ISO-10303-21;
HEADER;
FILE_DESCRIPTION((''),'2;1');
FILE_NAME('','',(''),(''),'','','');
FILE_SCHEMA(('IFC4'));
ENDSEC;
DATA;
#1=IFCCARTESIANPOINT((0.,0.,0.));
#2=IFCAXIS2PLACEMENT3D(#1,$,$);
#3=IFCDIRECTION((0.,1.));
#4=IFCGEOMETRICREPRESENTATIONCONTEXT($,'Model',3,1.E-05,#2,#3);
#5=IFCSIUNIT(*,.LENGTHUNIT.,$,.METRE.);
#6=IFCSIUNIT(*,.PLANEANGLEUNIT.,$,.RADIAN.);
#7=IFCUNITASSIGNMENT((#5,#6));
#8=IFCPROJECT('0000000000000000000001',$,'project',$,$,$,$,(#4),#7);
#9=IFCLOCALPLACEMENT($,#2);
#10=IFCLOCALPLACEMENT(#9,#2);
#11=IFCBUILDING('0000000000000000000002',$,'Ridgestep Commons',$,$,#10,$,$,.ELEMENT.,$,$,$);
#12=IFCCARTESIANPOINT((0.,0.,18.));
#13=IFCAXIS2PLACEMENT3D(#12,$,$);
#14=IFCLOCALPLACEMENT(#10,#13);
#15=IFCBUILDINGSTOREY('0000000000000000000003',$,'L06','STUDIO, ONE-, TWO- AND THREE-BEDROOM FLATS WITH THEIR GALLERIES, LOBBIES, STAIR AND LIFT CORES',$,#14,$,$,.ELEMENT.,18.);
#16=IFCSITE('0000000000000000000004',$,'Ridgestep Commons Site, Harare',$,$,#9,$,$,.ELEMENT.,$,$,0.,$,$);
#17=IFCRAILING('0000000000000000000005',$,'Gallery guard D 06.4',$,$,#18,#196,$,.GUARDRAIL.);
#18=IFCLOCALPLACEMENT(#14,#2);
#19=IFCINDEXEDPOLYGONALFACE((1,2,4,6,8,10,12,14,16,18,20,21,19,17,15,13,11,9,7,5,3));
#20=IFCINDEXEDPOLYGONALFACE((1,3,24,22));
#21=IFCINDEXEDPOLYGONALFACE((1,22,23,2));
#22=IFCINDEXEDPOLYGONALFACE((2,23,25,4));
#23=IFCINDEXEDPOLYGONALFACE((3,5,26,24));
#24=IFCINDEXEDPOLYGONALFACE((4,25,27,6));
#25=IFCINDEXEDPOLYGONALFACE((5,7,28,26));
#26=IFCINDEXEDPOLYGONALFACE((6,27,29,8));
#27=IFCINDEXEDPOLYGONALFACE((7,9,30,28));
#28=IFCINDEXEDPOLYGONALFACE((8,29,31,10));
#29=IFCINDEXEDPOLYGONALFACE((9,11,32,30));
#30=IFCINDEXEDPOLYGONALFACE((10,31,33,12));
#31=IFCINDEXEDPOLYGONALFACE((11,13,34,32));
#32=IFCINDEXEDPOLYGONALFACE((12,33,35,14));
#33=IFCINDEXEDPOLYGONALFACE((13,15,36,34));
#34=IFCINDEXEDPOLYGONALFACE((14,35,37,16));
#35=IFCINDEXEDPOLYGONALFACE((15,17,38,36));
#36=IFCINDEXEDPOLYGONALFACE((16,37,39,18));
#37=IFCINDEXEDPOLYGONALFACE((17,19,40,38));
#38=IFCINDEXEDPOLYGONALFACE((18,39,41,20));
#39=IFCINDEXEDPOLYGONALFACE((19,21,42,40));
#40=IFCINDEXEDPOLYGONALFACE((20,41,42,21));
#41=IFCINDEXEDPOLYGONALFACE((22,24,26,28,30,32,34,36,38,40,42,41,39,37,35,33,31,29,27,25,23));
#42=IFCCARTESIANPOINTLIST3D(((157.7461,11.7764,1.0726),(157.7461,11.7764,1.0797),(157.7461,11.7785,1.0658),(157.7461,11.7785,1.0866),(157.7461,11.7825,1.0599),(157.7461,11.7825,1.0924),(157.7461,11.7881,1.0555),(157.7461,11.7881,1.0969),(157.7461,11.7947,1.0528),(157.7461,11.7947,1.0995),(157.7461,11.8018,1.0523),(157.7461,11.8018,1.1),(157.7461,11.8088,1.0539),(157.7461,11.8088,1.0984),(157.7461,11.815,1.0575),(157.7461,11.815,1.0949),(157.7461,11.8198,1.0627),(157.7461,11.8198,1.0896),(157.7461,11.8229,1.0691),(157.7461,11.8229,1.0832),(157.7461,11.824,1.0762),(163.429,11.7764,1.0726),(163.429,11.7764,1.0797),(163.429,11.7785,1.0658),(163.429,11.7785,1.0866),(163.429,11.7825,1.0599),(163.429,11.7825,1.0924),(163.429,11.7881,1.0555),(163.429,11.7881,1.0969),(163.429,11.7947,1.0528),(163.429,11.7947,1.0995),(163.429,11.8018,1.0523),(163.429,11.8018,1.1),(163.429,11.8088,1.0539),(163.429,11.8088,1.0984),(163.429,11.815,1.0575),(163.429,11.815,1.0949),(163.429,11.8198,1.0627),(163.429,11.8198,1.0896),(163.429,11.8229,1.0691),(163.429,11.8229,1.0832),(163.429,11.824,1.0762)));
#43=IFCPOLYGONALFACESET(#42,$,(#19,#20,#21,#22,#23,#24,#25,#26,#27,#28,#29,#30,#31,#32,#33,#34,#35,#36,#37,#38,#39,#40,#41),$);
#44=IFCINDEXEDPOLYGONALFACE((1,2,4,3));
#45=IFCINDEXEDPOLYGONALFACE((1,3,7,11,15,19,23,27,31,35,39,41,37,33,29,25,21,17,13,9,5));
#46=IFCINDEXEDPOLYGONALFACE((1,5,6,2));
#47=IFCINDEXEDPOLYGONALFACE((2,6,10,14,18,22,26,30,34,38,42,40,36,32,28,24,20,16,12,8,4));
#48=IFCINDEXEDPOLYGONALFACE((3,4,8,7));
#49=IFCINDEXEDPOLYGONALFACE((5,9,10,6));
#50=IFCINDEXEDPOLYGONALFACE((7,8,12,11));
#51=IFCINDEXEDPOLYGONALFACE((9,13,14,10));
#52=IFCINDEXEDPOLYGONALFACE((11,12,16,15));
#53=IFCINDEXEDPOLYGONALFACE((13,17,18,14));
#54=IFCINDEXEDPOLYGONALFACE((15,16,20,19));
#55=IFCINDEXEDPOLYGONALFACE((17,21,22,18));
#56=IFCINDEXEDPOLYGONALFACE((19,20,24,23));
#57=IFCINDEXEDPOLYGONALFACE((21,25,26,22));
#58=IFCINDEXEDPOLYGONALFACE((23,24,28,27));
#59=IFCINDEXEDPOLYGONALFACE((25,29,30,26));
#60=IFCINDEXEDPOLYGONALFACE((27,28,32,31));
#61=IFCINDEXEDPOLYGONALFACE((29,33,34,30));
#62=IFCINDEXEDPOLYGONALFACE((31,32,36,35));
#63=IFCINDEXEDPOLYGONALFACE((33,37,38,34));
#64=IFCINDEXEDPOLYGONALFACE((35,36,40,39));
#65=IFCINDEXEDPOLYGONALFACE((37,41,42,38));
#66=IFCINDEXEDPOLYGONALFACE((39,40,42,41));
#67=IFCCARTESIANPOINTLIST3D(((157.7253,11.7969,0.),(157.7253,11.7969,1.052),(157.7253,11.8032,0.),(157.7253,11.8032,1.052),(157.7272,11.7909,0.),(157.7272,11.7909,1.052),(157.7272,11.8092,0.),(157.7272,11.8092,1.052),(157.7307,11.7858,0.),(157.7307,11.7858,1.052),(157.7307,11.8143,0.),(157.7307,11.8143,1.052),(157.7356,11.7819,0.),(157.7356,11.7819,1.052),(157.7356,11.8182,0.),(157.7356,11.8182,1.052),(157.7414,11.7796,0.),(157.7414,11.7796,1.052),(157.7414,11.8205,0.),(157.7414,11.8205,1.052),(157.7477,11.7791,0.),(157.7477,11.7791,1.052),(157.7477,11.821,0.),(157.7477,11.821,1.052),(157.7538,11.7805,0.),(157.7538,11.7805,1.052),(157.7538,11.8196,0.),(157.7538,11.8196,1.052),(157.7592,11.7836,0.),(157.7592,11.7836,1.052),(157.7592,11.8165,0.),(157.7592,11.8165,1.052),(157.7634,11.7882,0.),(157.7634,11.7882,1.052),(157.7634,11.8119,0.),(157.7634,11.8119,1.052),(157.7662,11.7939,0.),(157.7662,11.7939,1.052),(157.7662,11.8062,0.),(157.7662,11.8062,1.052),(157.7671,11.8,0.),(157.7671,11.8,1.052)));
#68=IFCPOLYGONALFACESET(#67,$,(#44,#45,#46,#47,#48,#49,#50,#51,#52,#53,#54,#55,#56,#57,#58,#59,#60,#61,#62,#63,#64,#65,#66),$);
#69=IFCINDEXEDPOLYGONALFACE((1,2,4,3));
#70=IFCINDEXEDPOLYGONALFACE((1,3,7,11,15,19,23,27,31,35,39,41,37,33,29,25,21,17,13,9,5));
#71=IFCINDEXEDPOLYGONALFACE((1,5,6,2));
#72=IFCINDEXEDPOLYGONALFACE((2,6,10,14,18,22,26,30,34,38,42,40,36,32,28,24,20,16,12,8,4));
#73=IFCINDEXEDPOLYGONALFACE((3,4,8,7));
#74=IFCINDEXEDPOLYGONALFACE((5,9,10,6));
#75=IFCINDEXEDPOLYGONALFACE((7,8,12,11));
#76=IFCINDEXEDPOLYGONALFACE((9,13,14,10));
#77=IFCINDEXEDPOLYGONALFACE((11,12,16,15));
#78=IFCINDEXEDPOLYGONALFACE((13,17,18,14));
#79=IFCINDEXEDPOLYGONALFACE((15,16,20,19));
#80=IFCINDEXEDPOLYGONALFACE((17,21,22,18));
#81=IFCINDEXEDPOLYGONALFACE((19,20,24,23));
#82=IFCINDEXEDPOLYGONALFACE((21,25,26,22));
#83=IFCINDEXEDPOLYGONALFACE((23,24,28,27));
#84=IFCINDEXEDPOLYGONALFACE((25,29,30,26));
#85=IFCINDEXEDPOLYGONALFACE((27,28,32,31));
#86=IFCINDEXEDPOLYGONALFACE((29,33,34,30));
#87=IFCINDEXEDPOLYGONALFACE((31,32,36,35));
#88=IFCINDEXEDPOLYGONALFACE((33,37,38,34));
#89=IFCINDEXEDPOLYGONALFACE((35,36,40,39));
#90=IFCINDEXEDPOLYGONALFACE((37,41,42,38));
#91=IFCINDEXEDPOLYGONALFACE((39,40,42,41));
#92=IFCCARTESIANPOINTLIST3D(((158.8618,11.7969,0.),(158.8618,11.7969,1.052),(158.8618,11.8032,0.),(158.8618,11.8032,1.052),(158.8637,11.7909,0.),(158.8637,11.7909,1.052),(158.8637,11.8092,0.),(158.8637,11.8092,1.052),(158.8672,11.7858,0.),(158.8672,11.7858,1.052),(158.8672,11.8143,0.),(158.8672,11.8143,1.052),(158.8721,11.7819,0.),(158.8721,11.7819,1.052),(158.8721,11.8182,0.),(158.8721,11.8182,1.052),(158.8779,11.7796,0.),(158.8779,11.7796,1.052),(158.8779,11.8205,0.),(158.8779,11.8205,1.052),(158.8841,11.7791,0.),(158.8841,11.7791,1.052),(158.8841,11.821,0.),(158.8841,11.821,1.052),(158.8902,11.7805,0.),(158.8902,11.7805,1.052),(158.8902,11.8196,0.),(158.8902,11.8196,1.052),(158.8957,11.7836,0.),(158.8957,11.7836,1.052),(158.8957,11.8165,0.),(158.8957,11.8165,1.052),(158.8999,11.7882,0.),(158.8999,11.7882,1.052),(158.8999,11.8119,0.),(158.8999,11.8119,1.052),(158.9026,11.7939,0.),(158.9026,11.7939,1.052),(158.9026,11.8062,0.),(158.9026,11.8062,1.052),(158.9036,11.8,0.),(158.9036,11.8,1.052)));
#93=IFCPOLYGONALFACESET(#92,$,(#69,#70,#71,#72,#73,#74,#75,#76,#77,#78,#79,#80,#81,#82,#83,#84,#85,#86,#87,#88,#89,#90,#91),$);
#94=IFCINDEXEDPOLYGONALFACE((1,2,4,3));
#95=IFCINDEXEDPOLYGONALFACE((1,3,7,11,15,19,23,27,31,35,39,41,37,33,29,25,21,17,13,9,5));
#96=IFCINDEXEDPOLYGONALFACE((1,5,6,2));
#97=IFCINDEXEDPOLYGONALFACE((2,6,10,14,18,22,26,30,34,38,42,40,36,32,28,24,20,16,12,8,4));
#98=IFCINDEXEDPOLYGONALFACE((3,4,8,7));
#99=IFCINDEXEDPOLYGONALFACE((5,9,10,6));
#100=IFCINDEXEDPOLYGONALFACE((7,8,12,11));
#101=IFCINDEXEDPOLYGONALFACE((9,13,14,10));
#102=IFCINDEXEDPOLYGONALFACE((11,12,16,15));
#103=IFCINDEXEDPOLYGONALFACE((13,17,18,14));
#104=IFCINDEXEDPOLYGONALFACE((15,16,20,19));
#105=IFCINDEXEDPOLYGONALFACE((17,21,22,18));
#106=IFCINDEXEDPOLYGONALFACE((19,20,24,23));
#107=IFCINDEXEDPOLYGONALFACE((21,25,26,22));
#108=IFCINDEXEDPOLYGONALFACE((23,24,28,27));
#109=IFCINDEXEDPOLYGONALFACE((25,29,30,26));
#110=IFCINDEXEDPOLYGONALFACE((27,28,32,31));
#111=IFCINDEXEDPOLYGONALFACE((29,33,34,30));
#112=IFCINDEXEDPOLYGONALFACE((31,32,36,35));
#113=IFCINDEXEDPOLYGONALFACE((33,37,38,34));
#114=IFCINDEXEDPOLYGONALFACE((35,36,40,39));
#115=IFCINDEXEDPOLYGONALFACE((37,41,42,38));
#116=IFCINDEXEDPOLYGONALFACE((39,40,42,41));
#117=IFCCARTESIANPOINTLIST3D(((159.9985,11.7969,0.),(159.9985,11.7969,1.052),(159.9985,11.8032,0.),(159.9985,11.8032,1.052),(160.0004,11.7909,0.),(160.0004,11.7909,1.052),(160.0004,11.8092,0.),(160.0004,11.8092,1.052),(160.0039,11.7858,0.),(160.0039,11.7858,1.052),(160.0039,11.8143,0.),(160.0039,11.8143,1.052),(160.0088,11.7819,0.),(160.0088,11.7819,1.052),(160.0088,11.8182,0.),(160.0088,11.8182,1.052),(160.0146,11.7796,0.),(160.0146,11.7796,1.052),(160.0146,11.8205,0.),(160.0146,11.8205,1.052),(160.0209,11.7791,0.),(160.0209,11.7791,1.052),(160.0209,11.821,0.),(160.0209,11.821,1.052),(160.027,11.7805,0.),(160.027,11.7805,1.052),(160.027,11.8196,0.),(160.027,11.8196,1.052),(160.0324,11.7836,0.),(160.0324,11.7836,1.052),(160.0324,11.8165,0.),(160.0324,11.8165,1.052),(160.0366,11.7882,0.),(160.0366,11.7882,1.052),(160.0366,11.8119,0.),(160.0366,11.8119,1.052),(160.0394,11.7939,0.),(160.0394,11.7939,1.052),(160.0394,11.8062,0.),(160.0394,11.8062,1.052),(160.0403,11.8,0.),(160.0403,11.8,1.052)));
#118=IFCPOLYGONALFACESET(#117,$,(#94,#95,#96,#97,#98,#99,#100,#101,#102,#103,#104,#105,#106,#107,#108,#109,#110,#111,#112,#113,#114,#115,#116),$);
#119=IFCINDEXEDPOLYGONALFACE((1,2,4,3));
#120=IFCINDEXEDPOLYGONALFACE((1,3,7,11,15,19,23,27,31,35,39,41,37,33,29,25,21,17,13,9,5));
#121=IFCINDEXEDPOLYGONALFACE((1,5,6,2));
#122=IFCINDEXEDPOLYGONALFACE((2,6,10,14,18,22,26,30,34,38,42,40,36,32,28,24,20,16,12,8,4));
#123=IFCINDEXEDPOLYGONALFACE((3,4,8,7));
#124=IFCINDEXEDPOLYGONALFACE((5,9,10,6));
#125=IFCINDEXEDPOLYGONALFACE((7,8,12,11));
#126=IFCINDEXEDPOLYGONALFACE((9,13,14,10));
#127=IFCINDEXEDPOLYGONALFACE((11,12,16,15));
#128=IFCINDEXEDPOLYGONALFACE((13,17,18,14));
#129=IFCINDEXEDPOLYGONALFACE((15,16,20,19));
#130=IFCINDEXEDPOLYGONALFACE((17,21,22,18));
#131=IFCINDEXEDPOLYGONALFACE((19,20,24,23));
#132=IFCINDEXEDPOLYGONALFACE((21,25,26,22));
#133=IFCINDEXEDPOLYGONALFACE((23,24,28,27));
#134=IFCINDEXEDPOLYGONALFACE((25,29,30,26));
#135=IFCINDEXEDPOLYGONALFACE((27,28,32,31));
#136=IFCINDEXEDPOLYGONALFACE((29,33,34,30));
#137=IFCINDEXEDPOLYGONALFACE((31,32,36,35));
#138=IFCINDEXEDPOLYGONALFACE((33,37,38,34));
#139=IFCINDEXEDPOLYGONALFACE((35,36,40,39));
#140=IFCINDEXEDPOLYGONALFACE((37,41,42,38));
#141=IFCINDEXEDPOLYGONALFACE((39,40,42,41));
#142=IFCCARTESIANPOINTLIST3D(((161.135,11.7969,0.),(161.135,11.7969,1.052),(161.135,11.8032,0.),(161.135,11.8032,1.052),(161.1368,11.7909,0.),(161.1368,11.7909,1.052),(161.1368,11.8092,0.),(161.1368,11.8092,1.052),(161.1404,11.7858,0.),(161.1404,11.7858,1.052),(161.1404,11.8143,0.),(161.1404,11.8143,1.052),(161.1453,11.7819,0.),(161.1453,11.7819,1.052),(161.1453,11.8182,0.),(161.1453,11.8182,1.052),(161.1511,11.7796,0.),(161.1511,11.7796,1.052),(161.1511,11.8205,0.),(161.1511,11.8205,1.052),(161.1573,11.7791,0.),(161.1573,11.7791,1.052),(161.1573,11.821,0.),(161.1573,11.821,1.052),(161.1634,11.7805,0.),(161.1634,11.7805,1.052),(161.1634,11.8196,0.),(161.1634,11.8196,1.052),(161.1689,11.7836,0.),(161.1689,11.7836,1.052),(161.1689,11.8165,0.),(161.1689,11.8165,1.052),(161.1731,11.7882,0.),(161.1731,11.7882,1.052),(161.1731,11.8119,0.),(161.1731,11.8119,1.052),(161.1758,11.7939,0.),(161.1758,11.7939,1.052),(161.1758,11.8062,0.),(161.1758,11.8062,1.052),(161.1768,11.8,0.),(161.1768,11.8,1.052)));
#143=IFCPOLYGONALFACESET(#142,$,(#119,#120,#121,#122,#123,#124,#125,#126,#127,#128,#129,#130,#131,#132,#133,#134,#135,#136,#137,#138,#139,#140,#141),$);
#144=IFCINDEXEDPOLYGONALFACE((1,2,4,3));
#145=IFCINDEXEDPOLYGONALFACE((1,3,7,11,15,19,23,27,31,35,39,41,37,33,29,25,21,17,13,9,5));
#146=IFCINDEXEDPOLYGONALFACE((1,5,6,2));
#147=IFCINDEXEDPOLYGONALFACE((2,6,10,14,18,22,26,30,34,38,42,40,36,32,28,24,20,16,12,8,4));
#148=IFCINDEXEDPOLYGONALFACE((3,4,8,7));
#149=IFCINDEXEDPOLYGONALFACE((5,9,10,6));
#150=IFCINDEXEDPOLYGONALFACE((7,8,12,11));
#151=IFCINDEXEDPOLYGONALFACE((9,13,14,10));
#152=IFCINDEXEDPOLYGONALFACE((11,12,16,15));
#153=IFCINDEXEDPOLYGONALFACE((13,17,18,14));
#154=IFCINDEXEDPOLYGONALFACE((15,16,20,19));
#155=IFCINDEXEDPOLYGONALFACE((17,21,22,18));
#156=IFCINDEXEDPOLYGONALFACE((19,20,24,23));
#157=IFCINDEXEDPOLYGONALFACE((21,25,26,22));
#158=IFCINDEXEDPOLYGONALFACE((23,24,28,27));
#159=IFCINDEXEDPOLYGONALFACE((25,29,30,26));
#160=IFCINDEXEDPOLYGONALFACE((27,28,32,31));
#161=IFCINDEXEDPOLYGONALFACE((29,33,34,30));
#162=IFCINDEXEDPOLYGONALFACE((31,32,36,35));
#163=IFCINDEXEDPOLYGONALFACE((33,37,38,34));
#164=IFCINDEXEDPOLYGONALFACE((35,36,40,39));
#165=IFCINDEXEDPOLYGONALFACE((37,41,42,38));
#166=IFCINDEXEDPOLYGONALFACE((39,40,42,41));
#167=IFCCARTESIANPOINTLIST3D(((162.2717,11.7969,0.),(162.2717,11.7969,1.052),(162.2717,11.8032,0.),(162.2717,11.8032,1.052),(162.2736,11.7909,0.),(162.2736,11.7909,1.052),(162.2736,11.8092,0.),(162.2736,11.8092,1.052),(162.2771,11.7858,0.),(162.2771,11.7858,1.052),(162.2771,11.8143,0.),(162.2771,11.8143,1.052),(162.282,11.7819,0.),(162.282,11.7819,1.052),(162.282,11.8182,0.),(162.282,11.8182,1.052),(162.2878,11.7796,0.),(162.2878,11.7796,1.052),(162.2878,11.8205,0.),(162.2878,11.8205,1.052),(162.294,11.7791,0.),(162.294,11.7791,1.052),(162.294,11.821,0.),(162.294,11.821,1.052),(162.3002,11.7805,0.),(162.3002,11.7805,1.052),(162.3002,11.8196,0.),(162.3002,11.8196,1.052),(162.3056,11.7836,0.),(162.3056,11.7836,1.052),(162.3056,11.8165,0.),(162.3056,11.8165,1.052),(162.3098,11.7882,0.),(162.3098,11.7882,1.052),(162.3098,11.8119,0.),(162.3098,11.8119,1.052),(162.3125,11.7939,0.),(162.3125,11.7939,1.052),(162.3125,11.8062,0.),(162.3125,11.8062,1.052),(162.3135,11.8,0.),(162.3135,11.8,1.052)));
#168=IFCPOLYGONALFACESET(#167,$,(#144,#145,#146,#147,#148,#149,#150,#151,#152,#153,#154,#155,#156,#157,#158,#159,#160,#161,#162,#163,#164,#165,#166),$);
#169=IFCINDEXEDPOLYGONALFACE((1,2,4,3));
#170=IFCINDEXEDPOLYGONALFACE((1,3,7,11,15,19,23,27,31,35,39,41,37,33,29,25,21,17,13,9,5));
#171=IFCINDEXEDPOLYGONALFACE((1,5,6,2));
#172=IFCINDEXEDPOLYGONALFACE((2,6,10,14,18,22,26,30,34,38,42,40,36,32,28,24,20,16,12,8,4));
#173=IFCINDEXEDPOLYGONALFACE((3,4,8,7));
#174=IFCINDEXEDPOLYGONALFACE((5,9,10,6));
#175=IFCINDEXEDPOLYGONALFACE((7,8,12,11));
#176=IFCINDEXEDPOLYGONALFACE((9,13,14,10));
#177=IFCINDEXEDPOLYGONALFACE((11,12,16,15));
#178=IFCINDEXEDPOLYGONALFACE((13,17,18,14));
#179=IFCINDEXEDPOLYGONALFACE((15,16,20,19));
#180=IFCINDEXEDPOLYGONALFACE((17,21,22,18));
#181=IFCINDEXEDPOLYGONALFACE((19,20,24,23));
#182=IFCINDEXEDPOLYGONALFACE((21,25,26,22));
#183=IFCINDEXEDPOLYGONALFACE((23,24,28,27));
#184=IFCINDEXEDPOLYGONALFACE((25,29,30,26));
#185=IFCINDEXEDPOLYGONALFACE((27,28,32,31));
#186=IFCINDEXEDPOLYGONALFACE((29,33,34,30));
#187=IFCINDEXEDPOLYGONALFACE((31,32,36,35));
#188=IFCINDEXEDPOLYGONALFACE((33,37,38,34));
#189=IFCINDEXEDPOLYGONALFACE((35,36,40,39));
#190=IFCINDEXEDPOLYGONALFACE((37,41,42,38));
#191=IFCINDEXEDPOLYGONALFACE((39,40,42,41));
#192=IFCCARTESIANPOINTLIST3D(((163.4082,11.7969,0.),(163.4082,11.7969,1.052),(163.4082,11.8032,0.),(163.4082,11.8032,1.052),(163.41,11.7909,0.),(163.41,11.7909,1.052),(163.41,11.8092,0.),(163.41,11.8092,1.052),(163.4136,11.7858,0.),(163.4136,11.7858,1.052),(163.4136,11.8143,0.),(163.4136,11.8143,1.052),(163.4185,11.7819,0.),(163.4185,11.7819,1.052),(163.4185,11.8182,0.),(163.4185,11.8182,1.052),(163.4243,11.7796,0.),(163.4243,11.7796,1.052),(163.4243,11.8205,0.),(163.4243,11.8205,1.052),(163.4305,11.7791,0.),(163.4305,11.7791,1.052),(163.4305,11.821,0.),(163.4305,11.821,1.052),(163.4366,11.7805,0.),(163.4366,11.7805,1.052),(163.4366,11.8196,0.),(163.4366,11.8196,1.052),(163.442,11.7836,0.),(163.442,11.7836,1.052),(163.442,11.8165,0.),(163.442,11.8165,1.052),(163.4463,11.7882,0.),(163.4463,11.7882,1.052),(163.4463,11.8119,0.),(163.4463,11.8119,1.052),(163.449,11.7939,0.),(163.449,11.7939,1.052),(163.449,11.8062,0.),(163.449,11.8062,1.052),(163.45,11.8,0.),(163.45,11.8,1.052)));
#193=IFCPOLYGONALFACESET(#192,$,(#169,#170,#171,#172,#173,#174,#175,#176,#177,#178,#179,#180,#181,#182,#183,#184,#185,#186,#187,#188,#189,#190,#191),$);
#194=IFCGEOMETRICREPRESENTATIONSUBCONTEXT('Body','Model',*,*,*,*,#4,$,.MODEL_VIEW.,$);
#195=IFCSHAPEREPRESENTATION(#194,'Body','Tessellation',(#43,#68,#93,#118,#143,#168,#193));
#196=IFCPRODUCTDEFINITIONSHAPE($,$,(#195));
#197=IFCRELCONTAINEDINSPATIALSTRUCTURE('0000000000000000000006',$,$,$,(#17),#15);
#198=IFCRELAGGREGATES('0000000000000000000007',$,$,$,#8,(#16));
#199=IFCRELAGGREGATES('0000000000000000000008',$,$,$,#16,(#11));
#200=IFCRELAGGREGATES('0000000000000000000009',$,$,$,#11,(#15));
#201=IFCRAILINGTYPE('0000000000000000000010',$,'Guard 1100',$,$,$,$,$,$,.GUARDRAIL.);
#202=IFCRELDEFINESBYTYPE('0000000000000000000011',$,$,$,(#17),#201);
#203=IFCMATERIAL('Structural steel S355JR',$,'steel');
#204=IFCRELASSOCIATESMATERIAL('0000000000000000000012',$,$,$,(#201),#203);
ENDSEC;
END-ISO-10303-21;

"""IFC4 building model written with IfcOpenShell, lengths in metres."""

from ifc_helpers import new_model, si_unit, direction, frame, origin, origin_2d, place, context, subcontext, project, spatial, circle, extrude, material, type_object, element, save


model = new_model("IFC4")

# Units and contexts
model_context = context("Model", 3, precision=1e-05, world=origin(), true_north=direction((0.0, 1.0)))
body_context = subcontext(model_context, "Body", "Model", "MODEL_VIEW")
ifc_project = project(units=[si_unit("LENGTHUNIT", "METRE"), si_unit("PLANEANGLEUNIT", "RADIAN")], contexts=[model_context])

# Site, building, storey
site_placement = place(None, origin())
site = spatial("IfcSite", under=ifc_project, at=site_placement, Name="Ridgestep Commons Site, Harare", CompositionType="ELEMENT", RefElevation=0.0)
building_placement = place(site_placement, origin())
building = spatial("IfcBuilding", under=site, at=building_placement, Name="Ridgestep Commons", CompositionType="ELEMENT")
storey_placement = place(building_placement, frame((0.0, 0.0, 18.0)))
storey = spatial("IfcBuildingStorey", under=building, at=storey_placement, Name="L06", Description="STUDIO, ONE-, TWO- AND THREE-BEDROOM FLATS WITH THEIR GALLERIES, LOBBIES, STAIR AND LIFT CORES", CompositionType="ELEMENT", Elevation=18.0)

# Railing
ifc_material_1 = material(Name="Structural steel S355JR", Category="steel")
railing_type = type_object("IfcRailingType", Name="Guard 1100", PredefinedType="GUARDRAIL", material=ifc_material_1)
railing_1_placement = place(storey_placement, frame((157.7461, 11.8, 0.0)))
element("IfcRailing", 1, at=railing_1_placement, inside=storey, type_object=railing_type, Name="Gallery guard D 06.4", PredefinedType="GUARDRAIL", context=body_context, shape_type="SweptSolid", body=[
    extrude(circle(Radius=0.0239, at=origin_2d()), frame((0.0, 0.0, 1.0762), z_axis=(1.0, 0.0, 0.0), x_axis=(0.0, 1.0, 0.0)), (0.0, 0.0, 1.0), 5.6829),
    extrude(circle(Radius=0.021, at=origin_2d()), origin(), (0.0, 0.0, 1.0), 1.052),
    extrude(circle(Radius=0.021, at=origin_2d()), frame((1.1365, 0.0, 0.0)), (0.0, 0.0, 1.0), 1.052),
    extrude(circle(Radius=0.021, at=origin_2d()), frame((2.2732, 0.0, 0.0)), (0.0, 0.0, 1.0), 1.052),
    extrude(circle(Radius=0.021, at=origin_2d()), frame((3.4097, 0.0, 0.0)), (0.0, 0.0, 1.0), 1.052),
    extrude(circle(Radius=0.021, at=origin_2d()), frame((4.5464, 0.0, 0.0)), (0.0, 0.0, 1.0), 1.052),
    extrude(circle(Radius=0.021, at=origin_2d()), frame((5.6829, 0.0, 0.0)), (0.0, 0.0, 1.0), 1.052),
])

save(model, "model.ifc")
